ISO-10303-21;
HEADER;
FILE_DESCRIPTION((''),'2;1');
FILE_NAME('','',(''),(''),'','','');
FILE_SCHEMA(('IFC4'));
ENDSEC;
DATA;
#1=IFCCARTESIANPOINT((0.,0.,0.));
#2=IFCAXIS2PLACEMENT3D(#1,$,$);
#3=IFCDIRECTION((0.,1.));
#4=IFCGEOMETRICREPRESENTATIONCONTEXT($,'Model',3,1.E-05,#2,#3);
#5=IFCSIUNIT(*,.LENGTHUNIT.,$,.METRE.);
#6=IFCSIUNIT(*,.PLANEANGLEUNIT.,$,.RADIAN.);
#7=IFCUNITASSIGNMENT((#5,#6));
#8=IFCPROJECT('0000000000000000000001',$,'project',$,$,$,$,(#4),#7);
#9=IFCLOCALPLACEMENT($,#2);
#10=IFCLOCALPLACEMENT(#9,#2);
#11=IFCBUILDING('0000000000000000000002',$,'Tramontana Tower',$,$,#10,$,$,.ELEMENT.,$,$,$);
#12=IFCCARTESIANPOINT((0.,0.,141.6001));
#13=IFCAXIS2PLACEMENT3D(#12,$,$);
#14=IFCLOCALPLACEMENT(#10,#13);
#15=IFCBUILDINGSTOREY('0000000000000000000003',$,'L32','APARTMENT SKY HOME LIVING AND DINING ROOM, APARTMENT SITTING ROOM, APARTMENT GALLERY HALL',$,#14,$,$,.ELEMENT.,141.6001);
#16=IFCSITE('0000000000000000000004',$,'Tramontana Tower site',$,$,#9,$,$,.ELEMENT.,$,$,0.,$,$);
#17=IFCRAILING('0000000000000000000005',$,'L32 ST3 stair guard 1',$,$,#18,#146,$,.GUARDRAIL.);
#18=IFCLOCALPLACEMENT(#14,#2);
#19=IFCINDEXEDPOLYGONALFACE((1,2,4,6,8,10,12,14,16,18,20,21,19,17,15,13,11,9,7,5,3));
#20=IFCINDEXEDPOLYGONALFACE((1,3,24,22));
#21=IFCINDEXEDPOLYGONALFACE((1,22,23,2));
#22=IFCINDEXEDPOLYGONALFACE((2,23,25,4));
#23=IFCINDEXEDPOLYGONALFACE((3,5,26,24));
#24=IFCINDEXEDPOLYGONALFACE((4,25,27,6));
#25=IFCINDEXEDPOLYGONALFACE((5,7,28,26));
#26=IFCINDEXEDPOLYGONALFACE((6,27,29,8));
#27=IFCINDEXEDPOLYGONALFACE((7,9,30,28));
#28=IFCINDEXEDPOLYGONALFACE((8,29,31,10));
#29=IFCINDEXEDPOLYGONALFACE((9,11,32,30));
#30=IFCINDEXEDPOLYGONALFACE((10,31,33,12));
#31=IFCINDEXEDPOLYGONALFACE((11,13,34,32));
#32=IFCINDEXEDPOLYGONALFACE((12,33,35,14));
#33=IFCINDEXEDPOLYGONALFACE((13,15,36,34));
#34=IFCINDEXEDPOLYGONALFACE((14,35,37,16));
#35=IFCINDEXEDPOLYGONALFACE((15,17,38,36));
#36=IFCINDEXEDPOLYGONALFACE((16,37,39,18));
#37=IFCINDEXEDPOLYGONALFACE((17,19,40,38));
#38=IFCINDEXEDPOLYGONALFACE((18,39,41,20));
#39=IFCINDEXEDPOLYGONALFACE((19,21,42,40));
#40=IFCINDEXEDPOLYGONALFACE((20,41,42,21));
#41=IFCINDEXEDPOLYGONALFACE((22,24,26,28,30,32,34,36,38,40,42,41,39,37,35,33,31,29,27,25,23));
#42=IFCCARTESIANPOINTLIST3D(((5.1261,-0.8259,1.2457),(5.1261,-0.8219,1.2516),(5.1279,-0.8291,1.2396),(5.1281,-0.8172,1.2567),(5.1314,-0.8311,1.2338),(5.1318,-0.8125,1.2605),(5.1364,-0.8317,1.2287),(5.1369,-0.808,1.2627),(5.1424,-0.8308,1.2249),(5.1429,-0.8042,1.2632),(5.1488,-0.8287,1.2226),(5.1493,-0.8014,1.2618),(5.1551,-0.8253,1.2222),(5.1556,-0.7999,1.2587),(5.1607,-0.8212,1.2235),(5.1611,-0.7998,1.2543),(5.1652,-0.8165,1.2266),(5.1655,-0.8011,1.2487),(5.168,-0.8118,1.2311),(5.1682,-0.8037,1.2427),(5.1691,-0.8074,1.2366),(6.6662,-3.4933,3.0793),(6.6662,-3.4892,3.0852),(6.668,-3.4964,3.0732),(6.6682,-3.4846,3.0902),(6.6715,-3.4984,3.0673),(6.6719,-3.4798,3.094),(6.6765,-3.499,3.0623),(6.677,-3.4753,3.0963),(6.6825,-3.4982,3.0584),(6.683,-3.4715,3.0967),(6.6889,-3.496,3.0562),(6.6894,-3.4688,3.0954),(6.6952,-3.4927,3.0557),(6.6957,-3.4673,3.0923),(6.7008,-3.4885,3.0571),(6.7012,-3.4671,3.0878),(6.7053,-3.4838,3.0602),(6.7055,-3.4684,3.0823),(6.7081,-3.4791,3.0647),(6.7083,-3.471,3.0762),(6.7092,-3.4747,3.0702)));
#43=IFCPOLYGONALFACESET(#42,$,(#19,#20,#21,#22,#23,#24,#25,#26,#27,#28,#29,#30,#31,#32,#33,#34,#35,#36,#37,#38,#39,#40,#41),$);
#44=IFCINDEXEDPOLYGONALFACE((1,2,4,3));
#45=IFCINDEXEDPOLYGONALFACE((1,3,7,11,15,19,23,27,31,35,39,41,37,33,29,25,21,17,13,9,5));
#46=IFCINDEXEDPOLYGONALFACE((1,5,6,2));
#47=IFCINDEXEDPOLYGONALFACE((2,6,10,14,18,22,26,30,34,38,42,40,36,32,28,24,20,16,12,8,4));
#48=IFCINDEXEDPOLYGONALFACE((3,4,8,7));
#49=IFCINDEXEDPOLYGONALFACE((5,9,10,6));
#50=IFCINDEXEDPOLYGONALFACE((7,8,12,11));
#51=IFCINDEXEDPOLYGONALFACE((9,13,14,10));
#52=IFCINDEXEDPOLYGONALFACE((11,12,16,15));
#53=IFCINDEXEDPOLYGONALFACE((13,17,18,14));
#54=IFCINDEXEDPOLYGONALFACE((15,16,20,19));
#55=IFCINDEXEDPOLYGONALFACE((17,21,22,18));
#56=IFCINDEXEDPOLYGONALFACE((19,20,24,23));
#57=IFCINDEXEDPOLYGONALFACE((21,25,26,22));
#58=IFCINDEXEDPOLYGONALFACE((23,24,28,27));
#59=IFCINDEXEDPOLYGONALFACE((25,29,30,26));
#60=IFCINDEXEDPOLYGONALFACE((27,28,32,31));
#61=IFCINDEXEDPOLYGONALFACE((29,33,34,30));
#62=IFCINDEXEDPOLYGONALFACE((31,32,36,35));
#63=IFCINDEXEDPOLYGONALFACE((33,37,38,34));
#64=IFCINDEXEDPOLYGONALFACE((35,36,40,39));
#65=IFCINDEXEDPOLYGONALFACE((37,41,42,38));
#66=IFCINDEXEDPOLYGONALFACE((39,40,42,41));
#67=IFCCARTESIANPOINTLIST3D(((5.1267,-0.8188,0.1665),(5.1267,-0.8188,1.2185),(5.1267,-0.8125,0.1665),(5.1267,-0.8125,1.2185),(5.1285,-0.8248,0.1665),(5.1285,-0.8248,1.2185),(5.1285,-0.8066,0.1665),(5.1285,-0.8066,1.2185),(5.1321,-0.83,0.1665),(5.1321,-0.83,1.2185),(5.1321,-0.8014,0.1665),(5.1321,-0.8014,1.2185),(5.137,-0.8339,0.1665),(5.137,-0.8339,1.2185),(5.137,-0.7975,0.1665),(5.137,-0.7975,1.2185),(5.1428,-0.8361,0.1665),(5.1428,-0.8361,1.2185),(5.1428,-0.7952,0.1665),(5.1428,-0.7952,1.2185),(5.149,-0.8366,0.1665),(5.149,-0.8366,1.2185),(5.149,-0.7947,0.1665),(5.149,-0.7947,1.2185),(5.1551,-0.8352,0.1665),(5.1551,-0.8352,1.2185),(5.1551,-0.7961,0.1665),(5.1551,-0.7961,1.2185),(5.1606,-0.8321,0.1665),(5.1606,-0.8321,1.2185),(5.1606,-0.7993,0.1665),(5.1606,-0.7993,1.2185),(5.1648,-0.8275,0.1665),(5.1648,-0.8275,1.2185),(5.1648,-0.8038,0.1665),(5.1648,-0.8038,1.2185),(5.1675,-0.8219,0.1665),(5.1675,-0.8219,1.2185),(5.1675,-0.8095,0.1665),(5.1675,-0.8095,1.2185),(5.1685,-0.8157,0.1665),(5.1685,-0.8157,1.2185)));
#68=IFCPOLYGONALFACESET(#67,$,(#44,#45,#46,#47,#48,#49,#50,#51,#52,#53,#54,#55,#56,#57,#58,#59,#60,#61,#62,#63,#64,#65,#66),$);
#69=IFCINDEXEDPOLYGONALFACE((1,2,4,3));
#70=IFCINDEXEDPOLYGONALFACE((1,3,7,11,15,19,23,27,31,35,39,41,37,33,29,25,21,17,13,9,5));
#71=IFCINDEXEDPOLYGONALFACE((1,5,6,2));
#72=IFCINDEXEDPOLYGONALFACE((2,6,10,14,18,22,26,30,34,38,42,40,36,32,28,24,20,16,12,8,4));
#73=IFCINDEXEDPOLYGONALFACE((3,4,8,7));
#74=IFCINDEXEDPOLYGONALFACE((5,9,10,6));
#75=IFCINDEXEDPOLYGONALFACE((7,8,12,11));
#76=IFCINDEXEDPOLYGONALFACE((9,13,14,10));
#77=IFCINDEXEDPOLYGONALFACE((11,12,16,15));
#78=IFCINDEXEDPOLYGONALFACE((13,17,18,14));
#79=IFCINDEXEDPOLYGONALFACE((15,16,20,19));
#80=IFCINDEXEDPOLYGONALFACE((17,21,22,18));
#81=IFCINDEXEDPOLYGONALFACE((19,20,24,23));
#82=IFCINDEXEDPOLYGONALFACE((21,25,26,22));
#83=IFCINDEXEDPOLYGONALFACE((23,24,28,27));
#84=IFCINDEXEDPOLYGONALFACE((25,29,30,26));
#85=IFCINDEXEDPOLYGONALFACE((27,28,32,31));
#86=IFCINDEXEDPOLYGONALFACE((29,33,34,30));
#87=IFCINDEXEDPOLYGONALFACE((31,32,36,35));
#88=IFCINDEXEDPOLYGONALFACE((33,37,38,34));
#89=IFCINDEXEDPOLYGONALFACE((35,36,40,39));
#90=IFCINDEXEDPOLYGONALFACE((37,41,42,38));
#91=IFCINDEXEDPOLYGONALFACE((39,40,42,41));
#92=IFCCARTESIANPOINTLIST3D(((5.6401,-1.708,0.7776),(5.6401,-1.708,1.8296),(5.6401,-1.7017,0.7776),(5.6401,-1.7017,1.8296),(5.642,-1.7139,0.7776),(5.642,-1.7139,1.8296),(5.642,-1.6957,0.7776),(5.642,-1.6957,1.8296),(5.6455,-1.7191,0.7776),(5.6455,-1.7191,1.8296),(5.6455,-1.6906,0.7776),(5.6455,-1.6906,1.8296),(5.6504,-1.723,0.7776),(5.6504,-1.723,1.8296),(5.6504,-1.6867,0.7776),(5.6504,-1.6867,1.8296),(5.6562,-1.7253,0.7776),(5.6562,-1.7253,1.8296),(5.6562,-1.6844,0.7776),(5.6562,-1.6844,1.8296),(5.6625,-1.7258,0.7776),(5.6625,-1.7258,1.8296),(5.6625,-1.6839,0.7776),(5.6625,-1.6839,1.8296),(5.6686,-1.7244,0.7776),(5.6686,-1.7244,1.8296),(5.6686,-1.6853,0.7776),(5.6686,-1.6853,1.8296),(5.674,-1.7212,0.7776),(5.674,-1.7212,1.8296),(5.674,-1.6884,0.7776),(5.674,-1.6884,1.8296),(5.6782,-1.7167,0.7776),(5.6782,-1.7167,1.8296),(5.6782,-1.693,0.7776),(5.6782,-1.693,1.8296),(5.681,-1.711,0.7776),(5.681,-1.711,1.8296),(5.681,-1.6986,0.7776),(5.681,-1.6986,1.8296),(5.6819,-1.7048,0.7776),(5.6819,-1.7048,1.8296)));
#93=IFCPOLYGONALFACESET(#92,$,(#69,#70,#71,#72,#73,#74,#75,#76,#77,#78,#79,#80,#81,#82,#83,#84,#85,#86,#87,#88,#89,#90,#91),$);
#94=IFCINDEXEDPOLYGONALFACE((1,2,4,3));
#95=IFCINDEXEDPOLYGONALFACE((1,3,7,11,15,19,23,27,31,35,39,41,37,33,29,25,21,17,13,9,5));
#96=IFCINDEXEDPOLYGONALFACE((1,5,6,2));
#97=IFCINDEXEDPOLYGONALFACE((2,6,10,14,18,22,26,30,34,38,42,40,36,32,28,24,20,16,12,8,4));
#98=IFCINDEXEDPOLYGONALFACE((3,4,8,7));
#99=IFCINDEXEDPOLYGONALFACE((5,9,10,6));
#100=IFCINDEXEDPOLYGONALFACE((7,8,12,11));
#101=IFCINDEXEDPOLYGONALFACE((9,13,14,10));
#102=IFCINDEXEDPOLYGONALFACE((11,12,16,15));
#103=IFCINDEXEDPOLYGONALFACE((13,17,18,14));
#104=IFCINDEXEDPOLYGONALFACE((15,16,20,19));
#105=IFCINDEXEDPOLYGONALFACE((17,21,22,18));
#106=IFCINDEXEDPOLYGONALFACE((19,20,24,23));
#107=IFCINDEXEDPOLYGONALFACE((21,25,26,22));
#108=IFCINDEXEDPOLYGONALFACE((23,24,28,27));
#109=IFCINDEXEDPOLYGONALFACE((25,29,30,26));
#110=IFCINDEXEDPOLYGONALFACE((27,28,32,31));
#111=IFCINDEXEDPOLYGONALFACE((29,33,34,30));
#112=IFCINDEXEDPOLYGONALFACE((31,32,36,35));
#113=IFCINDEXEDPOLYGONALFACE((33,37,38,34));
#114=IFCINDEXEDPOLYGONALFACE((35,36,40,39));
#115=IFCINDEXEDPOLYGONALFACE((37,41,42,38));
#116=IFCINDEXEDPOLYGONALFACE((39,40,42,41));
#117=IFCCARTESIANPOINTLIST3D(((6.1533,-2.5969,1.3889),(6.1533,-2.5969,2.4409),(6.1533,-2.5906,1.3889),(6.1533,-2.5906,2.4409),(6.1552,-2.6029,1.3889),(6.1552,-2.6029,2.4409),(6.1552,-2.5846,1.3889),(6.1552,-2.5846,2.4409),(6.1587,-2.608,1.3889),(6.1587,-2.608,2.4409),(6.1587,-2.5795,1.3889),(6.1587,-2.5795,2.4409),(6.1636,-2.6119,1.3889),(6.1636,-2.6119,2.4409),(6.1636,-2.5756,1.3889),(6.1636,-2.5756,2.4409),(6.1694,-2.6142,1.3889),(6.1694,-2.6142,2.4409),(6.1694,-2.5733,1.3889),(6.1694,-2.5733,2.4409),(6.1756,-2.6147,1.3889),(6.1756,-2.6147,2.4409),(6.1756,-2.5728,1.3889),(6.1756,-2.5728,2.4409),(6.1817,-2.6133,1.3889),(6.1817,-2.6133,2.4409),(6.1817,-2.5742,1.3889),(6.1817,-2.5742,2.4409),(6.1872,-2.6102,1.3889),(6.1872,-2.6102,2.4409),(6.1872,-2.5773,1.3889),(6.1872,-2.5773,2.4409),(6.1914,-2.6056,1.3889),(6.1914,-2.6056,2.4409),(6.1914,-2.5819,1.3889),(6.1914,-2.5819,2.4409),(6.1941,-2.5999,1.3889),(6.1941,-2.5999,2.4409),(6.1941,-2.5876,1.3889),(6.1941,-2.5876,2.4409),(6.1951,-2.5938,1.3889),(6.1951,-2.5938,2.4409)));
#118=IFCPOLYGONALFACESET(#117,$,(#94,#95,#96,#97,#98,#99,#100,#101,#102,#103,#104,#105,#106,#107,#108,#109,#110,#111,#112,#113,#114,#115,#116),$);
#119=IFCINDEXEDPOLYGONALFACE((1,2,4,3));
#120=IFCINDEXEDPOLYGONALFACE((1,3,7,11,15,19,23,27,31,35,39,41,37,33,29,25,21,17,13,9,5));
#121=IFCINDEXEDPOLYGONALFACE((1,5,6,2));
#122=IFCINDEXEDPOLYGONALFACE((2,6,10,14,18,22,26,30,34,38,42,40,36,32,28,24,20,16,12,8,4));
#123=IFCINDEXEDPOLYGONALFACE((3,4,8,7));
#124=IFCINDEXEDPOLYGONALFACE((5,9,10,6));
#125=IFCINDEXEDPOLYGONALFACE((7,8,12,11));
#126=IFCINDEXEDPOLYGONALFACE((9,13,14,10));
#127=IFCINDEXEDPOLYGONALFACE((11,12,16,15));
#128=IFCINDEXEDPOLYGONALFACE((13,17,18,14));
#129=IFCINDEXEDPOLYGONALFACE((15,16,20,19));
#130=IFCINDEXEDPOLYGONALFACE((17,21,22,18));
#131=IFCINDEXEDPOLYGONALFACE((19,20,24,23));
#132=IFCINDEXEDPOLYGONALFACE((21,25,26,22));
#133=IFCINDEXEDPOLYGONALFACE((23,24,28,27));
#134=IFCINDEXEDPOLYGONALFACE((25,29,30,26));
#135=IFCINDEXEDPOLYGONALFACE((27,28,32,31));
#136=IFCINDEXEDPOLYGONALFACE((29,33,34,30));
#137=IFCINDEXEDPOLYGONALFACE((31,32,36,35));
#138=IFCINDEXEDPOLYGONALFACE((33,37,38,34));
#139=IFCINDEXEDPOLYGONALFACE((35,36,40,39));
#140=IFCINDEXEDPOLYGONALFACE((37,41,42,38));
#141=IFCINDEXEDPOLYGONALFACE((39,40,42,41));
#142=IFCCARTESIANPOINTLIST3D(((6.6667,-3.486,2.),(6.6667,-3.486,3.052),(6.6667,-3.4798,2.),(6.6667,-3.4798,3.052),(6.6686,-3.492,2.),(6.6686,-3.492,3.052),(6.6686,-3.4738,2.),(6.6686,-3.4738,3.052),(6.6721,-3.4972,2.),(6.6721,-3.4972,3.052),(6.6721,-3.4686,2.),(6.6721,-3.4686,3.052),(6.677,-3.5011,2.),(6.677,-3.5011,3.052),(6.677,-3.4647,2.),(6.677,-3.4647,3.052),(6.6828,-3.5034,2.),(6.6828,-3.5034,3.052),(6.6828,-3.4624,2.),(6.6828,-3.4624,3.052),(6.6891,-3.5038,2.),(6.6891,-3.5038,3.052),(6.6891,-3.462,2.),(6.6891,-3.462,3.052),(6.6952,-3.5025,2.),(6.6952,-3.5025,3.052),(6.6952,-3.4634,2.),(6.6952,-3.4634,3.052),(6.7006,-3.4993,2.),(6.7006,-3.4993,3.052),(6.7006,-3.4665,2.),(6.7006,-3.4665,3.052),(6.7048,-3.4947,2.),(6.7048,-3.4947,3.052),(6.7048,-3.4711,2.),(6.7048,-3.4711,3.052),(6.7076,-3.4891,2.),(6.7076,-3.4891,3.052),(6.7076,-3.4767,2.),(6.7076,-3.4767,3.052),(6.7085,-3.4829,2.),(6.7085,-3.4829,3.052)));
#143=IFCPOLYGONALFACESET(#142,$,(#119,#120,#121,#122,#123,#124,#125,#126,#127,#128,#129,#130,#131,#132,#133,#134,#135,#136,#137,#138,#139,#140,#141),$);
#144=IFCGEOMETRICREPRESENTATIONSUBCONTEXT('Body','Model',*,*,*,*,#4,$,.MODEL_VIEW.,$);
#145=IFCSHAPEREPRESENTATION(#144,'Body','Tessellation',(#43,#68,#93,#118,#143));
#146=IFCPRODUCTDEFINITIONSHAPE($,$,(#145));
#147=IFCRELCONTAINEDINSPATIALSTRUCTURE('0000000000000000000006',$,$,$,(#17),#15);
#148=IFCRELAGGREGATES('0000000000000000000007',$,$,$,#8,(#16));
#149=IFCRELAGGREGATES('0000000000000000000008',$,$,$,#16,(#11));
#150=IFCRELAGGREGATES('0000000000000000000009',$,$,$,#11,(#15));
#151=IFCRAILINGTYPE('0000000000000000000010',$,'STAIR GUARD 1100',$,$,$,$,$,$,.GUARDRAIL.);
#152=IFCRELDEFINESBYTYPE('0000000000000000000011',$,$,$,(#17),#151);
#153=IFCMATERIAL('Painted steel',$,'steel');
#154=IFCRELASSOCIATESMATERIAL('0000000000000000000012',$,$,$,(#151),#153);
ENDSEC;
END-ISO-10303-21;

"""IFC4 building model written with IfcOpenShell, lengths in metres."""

from ifc_helpers import new_model, si_unit, direction, frame, origin, origin_2d, place, context, subcontext, project, spatial, circle, extrude, material, type_object, element, save


model = new_model("IFC4")

# Units and contexts
model_context = context("Model", 3, precision=1e-05, world=origin(), true_north=direction((0.0, 1.0)))
body_context = subcontext(model_context, "Body", "Model", "MODEL_VIEW")
ifc_project = project(units=[si_unit("LENGTHUNIT", "METRE"), si_unit("PLANEANGLEUNIT", "RADIAN")], contexts=[model_context])

# Site, building, storey
site_placement = place(None, origin())
site = spatial("IfcSite", under=ifc_project, at=site_placement, Name="Tramontana Tower site", CompositionType="ELEMENT", RefElevation=0.0)
building_placement = place(site_placement, origin())
building = spatial("IfcBuilding", under=site, at=building_placement, Name="Tramontana Tower", CompositionType="ELEMENT")
storey_placement = place(building_placement, frame((0.0, 0.0, 141.6001)))
storey = spatial("IfcBuildingStorey", under=building, at=storey_placement, Name="L32", Description="APARTMENT SKY HOME LIVING AND DINING ROOM, APARTMENT SITTING ROOM, APARTMENT GALLERY HALL", CompositionType="ELEMENT", Elevation=141.6001)

# Railing
ifc_material_1 = material(Name="Painted steel", Category="steel")
railing_type = type_object("IfcRailingType", Name="STAIR GUARD 1100", PredefinedType="GUARDRAIL", material=ifc_material_1)
railing_1_placement = place(storey_placement, frame((5.1475, -0.8157, 0.1665)))
element("IfcRailing", 1, at=railing_1_placement, inside=storey, type_object=railing_type, Name="L32 ST3 stair guard 1", PredefinedType="GUARDRAIL", context=body_context, shape_type="SweptSolid", body=[
    extrude(circle(Radius=0.0239, at=origin_2d()), frame((0.0, 0.0, 1.0762), z_axis=(0.429656, -0.744134, 0.511528), x_axis=(0.86601, 0.500027, 0.0)), (0.0, 0.0, 1.0), 3.5845),
    extrude(circle(Radius=0.021, at=origin_2d()), origin(), (0.0, 0.0, 1.0), 1.052),
    extrude(circle(Radius=0.021, at=origin_2d()), frame((0.5134, -0.8892, 0.6111)), (0.0, 0.0, 1.0), 1.052),
    extrude(circle(Radius=0.021, at=origin_2d()), frame((1.0266, -1.7781, 1.2224)), (0.0, 0.0, 1.0), 1.052),
    extrude(circle(Radius=0.021, at=origin_2d()), frame((1.54, -2.6672, 1.8335)), (0.0, 0.0, 1.0), 1.052),
])

save(model, "model.ifc")
